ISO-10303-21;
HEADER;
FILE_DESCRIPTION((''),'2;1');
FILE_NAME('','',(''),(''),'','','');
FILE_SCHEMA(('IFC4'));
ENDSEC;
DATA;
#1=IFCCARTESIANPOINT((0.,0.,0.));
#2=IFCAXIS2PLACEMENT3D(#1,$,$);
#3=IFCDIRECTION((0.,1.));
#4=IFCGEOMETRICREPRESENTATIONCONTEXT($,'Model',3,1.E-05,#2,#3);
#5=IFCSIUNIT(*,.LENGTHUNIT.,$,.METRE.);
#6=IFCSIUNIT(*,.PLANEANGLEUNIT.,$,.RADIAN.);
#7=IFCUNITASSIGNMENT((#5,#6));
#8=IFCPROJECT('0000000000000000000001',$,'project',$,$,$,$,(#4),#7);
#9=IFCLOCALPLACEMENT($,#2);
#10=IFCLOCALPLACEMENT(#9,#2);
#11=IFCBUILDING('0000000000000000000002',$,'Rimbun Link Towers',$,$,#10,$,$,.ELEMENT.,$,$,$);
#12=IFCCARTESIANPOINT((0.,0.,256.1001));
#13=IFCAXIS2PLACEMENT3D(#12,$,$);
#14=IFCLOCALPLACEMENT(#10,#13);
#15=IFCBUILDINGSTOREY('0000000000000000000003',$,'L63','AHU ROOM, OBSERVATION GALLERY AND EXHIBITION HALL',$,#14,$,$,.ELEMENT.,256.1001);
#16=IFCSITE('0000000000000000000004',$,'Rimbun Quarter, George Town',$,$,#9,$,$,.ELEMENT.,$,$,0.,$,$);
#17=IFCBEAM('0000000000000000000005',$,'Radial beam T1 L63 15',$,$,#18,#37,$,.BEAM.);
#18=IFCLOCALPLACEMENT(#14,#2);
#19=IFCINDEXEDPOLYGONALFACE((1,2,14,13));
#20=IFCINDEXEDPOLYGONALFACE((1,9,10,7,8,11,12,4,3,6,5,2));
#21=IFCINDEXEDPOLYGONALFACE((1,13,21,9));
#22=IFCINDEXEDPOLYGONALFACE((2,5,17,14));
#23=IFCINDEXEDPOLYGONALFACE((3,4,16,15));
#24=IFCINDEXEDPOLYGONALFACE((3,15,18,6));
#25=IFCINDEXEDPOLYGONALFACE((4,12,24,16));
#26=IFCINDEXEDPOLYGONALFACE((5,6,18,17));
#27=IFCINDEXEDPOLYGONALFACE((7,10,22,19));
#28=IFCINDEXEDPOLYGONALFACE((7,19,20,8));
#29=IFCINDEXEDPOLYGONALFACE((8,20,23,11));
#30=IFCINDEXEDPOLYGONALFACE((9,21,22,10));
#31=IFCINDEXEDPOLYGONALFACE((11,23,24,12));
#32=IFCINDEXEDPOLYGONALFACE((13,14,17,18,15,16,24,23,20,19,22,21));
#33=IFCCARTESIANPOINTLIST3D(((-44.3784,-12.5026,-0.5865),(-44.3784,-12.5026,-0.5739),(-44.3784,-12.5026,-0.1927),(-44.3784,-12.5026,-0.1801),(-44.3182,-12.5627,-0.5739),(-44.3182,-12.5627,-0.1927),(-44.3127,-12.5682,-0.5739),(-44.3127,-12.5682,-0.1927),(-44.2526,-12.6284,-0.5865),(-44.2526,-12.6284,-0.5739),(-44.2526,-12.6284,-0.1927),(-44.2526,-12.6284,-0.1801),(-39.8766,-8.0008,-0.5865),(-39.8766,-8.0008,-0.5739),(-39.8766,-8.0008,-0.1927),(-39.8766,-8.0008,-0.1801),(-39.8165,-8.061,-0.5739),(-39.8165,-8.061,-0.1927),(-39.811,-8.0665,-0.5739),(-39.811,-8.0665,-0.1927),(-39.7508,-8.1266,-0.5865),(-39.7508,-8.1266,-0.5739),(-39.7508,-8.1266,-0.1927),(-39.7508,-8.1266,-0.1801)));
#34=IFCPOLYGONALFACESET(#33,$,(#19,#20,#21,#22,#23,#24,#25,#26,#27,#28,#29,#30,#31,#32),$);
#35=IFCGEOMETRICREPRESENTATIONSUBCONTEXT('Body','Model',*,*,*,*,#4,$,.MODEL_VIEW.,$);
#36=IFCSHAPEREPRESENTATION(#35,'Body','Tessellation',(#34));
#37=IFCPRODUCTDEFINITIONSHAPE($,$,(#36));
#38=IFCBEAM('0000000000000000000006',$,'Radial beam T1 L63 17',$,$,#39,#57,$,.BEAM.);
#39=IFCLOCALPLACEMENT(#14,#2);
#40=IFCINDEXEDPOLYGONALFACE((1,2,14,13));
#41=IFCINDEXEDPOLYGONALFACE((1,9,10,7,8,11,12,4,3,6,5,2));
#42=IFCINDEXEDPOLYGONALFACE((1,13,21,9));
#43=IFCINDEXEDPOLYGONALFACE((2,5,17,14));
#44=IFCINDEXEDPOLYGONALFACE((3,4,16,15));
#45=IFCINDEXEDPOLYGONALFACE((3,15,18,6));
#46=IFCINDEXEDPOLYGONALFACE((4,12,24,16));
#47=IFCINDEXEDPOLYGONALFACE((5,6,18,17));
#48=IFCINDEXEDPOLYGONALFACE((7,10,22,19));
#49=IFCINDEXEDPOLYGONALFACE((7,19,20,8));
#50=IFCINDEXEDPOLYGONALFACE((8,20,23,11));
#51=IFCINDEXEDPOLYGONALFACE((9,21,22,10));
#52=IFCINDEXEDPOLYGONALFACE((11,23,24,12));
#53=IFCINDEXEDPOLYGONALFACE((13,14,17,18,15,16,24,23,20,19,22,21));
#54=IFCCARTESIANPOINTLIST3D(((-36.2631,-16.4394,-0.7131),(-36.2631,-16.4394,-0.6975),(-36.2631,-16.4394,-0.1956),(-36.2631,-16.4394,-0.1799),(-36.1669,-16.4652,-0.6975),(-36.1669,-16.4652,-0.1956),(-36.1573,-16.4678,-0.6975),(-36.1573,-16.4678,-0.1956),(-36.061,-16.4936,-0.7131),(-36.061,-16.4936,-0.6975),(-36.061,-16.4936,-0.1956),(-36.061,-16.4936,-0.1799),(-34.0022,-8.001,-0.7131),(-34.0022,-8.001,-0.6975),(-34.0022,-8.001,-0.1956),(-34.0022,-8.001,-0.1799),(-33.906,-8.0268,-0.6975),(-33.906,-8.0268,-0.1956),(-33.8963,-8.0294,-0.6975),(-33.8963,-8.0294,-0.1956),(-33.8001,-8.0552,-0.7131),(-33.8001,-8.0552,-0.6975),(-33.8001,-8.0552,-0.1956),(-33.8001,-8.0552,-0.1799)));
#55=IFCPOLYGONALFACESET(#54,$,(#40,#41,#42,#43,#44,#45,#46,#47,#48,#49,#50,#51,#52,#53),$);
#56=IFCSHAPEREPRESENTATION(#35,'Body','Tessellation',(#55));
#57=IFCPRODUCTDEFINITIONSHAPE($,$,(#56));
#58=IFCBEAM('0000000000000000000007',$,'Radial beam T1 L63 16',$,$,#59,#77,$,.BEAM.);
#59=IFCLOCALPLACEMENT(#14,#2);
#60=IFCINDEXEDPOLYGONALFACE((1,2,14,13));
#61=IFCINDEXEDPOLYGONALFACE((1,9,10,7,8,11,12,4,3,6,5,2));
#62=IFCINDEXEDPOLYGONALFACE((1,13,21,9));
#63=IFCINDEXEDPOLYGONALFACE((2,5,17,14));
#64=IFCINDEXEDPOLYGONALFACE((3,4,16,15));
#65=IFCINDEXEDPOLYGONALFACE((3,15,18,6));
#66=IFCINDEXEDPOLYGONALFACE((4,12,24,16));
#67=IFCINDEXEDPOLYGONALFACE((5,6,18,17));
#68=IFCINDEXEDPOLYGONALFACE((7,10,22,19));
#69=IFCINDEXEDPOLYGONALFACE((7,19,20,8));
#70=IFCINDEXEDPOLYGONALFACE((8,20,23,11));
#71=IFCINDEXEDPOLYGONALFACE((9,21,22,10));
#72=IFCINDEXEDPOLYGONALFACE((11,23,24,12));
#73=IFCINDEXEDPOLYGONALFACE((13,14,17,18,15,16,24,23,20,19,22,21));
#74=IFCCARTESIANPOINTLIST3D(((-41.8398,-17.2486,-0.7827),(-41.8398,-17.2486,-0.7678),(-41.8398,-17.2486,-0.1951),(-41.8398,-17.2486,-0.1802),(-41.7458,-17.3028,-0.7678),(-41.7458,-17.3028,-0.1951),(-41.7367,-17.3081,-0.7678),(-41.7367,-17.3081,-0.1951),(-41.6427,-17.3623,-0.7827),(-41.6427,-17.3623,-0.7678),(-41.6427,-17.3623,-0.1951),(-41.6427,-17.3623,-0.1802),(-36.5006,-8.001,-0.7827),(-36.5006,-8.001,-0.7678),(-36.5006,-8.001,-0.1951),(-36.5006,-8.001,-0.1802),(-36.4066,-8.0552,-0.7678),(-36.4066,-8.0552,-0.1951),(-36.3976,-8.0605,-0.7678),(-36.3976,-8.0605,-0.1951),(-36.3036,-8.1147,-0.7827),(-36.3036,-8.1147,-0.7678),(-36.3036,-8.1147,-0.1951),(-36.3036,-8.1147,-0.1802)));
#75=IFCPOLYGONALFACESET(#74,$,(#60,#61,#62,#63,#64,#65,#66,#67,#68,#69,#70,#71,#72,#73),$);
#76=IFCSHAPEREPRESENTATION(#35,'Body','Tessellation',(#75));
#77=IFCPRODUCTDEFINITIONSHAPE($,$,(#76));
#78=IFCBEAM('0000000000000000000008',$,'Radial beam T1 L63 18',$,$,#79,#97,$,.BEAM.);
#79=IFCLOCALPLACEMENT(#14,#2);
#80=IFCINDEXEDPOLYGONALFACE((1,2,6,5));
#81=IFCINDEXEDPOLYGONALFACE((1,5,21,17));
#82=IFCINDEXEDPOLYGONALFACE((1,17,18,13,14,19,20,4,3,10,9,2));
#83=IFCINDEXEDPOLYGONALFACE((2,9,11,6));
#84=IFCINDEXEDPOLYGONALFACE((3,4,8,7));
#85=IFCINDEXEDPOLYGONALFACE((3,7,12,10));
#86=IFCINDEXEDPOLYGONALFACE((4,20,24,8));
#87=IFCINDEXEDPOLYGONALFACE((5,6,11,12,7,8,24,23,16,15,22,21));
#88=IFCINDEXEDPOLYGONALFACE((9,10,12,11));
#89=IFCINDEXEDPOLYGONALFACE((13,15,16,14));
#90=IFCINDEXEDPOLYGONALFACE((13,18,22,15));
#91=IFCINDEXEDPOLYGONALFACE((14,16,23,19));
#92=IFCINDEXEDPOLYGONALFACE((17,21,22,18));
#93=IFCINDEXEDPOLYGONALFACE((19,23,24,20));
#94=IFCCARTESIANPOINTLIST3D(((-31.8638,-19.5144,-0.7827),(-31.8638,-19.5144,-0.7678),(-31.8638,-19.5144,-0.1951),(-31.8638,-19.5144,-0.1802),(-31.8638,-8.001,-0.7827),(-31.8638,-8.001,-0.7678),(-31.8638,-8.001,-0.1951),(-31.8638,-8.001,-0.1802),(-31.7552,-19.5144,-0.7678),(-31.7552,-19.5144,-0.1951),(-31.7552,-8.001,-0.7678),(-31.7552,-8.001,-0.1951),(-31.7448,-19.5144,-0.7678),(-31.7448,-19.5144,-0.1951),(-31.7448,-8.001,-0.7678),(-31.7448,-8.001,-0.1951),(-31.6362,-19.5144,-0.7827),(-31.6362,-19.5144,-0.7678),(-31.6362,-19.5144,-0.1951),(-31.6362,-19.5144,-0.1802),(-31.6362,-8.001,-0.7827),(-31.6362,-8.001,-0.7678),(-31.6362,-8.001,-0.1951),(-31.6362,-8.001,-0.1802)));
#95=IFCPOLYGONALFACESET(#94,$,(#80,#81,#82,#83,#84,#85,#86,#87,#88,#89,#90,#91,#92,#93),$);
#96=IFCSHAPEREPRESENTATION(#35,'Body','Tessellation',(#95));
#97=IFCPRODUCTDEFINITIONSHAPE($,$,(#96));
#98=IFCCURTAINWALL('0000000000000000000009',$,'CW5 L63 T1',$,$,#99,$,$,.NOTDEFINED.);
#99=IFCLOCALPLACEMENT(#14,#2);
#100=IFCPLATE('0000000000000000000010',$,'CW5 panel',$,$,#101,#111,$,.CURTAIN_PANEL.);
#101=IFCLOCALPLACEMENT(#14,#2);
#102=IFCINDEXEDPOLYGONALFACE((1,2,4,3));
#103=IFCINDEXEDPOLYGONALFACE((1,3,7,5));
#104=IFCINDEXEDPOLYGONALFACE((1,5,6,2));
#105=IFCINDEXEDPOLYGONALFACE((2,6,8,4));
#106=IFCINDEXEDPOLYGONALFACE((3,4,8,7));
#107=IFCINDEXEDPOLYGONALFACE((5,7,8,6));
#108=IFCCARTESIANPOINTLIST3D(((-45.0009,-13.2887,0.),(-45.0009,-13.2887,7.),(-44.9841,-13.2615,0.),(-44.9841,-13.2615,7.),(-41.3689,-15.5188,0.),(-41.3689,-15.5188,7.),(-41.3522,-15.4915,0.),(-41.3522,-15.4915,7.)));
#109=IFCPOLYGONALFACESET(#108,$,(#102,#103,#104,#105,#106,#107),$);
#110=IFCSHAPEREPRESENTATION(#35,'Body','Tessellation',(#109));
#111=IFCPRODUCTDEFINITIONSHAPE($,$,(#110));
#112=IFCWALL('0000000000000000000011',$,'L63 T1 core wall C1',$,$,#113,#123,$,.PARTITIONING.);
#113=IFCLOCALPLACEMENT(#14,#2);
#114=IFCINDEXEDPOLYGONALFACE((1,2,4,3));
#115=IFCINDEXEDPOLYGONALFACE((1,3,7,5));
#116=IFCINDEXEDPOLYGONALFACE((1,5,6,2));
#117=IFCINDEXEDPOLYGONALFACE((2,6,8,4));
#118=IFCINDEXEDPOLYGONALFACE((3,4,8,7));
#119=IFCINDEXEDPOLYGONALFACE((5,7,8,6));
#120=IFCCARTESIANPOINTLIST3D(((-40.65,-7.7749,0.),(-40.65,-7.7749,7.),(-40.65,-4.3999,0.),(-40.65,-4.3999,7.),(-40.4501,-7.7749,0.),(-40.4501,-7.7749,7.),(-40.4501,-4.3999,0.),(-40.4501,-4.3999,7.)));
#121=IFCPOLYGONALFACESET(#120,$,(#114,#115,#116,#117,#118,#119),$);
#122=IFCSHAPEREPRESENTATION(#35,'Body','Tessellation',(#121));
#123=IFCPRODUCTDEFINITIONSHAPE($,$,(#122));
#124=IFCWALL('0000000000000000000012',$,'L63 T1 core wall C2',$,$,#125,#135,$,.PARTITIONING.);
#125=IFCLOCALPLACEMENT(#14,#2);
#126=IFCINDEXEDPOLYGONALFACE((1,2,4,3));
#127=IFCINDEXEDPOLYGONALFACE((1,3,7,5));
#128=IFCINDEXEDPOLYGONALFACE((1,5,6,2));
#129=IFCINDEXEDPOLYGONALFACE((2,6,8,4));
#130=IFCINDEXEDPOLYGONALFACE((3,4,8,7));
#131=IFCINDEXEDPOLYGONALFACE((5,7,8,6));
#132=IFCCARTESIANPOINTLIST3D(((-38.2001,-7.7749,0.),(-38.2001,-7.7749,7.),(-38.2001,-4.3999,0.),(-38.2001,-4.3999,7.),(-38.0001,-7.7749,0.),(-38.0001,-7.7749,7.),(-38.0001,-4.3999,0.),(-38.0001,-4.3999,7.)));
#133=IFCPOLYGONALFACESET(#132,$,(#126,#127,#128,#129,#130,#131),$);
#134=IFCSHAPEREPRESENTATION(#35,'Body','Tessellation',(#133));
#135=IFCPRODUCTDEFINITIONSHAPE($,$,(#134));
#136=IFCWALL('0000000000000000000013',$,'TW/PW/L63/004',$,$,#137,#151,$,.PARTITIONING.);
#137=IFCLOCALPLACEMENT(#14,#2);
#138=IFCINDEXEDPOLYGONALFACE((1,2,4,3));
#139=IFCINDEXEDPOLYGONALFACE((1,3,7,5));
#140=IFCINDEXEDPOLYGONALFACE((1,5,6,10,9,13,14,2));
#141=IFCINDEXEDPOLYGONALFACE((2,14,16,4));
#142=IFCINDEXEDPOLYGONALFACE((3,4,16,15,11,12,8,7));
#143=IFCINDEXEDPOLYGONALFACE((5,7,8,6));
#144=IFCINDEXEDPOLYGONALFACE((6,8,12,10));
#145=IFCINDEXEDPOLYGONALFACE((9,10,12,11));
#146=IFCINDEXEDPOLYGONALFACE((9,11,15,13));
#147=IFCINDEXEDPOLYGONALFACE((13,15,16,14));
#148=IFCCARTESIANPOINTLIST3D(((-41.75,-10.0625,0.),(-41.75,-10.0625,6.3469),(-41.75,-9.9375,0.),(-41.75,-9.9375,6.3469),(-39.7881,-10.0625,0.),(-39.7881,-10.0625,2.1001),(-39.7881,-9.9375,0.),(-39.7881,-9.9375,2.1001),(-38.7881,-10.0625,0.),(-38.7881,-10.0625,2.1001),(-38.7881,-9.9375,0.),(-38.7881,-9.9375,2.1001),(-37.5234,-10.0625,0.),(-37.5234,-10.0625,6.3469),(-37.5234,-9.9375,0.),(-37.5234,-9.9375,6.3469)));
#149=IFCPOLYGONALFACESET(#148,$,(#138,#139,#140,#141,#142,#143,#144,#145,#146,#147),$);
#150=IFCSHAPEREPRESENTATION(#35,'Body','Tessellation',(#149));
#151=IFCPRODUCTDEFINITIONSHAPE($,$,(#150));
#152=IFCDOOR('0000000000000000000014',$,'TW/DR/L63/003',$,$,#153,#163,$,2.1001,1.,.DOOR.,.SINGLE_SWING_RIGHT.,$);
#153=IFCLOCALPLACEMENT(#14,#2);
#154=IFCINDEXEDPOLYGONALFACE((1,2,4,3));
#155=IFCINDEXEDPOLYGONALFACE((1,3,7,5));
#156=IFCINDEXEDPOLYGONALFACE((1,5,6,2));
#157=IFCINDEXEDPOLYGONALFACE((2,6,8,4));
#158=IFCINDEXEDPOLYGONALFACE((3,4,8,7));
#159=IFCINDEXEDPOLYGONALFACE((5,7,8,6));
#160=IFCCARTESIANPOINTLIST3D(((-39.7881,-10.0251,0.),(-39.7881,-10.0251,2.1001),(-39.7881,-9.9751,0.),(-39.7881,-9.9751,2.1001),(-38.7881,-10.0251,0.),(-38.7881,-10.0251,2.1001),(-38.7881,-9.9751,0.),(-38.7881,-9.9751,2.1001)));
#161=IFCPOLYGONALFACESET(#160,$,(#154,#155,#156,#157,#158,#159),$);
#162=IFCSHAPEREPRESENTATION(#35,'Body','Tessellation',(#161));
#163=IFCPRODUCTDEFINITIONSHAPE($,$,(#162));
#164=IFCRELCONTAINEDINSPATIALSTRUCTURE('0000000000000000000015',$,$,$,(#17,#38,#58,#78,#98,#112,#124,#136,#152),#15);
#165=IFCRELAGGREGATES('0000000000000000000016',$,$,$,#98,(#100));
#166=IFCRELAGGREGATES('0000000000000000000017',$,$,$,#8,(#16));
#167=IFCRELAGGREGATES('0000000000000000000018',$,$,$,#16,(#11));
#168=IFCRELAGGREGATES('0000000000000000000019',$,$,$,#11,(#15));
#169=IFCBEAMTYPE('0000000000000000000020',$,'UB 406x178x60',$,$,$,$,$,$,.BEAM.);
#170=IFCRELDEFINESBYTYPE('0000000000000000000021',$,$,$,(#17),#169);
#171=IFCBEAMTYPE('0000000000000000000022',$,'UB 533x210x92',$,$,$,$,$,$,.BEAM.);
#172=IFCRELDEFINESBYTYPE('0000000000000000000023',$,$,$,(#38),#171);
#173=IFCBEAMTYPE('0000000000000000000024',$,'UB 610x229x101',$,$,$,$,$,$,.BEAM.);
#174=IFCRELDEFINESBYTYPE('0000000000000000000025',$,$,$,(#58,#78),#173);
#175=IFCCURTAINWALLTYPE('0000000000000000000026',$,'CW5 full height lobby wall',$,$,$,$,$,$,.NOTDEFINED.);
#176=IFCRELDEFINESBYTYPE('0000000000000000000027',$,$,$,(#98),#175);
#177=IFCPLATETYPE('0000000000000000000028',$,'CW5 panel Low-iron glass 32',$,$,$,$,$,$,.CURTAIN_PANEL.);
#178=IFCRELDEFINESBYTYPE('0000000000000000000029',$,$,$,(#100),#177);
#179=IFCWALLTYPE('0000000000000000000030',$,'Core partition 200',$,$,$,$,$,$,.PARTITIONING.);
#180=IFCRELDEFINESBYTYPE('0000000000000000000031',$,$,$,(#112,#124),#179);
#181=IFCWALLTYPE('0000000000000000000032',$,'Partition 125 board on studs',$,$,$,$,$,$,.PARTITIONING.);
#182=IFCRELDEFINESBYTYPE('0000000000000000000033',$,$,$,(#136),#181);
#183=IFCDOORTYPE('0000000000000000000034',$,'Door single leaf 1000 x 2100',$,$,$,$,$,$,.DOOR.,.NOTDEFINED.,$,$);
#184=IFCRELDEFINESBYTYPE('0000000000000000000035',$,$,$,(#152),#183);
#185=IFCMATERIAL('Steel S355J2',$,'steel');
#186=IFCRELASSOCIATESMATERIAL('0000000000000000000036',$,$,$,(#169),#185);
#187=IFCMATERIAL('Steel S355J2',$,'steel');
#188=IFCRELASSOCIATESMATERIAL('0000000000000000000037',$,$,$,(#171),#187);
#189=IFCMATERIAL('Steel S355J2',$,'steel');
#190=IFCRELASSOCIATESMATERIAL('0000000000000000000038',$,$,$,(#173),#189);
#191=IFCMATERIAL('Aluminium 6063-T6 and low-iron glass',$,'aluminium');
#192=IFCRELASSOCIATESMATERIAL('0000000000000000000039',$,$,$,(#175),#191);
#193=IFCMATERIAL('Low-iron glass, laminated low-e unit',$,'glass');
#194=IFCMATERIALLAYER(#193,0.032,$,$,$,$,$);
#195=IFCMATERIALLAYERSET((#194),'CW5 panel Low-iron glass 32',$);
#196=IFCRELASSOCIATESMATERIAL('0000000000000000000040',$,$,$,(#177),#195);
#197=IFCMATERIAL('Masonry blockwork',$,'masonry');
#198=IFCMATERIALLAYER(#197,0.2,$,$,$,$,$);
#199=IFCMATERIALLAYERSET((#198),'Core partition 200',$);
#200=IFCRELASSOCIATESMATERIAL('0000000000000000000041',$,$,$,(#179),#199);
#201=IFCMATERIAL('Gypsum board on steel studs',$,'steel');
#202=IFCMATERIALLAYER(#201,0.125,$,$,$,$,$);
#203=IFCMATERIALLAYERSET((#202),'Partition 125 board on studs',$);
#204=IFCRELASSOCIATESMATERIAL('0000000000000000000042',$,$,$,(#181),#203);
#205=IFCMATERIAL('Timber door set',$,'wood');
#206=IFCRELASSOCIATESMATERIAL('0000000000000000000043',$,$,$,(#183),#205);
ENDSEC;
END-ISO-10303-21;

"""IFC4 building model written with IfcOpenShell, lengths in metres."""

from ifc_helpers import new_model, si_unit, direction, frame, frame_2d, origin, origin_2d, place, context, subcontext, project, spatial, rectangle, i_section, extrude, material, layer, layer_set, material_profile, profile_set, type_object, element, fill, aggregate, save


model = new_model("IFC4")

# Units and contexts
model_context = context("Model", 3, precision=1e-05, world=origin(), true_north=direction((0.0, 1.0)))
body_context = subcontext(model_context, "Body", "Model", "MODEL_VIEW")
ifc_project = project(units=[si_unit("LENGTHUNIT", "METRE"), si_unit("PLANEANGLEUNIT", "RADIAN")], contexts=[model_context])

# Site, building, storey
site_placement = place(None, origin())
site = spatial("IfcSite", under=ifc_project, at=site_placement, Name="Rimbun Quarter, George Town", CompositionType="ELEMENT", RefElevation=0.0)
building_placement = place(site_placement, origin())
building = spatial("IfcBuilding", under=site, at=building_placement, Name="Rimbun Link Towers", CompositionType="ELEMENT")
storey_placement = place(building_placement, frame((0.0, 0.0, 256.1001)))
storey = spatial("IfcBuildingStorey", under=building, at=storey_placement, Name="L63", Description="AHU ROOM, OBSERVATION GALLERY AND EXHIBITION HALL", CompositionType="ELEMENT", Elevation=256.1001)

# Beams
ifc_material_1 = material(Name="Steel S355J2", Category="steel")
ifc_material_profile_1 = material_profile(ifc_material_1, i_section(OverallWidth=0.178, OverallDepth=0.4065, WebThickness=0.0078, FlangeThickness=0.0127, at=origin_2d()), Name="UB 406x178x60")
ifc_profile_set_1 = profile_set([ifc_material_profile_1], Name="Steel S355J2")
beam_type_1 = type_object("IfcBeamType", Name="UB 406x178x60", PredefinedType="BEAM", material=ifc_profile_set_1)
beam_1_placement = place(storey_placement, frame((-39.8137, -8.0637, -0.3833), z_axis=(-0.707107, -0.707107, 0.0), x_axis=(0.707107, -0.707107, 0.0)))
element("IfcBeam", 1, at=beam_1_placement, inside=storey, type_object=beam_type_1, Name="Radial beam T1 L63 15", PredefinedType="BEAM", context=body_context, shape_type="SweptSolid", body=[
    extrude(i_section(OverallWidth=0.178, OverallDepth=0.4065, WebThickness=0.0078, FlangeThickness=0.0127, at=origin_2d()), origin(), (0.0, 0.0, 1.0), 6.3665),
])
ifc_material_2 = material(Name="Steel S355J2", Category="steel")
ifc_material_profile_2 = material_profile(ifc_material_2, i_section(OverallWidth=0.2092, OverallDepth=0.5332, WebThickness=0.01, FlangeThickness=0.0156, at=origin_2d()), Name="UB 533x210x92")
ifc_profile_set_2 = profile_set([ifc_material_profile_2], Name="Steel S355J2")
beam_type_2 = type_object("IfcBeamType", Name="UB 533x210x92", PredefinedType="BEAM", material=ifc_profile_set_2)
beam_2_placement = place(storey_placement, frame((-33.9011, -8.0281, -0.4465), z_axis=(-0.258809, -0.965929, 0.0), x_axis=(0.965929, -0.258809, 0.0)))
element("IfcBeam", 2, at=beam_2_placement, inside=storey, type_object=beam_type_2, Name="Radial beam T1 L63 17", PredefinedType="BEAM", context=body_context, shape_type="SweptSolid", body=[
    extrude(i_section(OverallWidth=0.2092, OverallDepth=0.5332, WebThickness=0.01, FlangeThickness=0.0156, at=origin_2d()), origin(), (0.0, 0.0, 1.0), 8.7361),
])
ifc_material_3 = material(Name="Steel S355J2", Category="steel")
ifc_material_profile_3 = material_profile(ifc_material_3, i_section(OverallWidth=0.2275, OverallDepth=0.6025, WebThickness=0.0105, FlangeThickness=0.0149, at=origin_2d()), Name="UB 610x229x101")
ifc_profile_set_3 = profile_set([ifc_material_profile_3], Name="Steel S355J2")
beam_type_3 = type_object("IfcBeamType", Name="UB 610x229x101", PredefinedType="BEAM", material=ifc_profile_set_3)
beam_3_placement = place(storey_placement, frame((-36.4021, -8.0579, -0.4814), z_axis=(-0.500002, -0.866024, 0.0), x_axis=(0.866024, -0.500002, 0.0)))
element("IfcBeam", 3, at=beam_3_placement, inside=storey, type_object=beam_type_3, Name="Radial beam T1 L63 16", PredefinedType="BEAM", context=body_context, shape_type="SweptSolid", body=[
    extrude(i_section(OverallWidth=0.2275, OverallDepth=0.6025, WebThickness=0.0105, FlangeThickness=0.0149, at=origin_2d()), origin(), (0.0, 0.0, 1.0), 10.6782),
])
beam_4_placement = place(storey_placement, frame((-31.75, -8.001, -0.4814), z_axis=(0.0, -1.0, 0.0), x_axis=(1.0, 0.0, 0.0)))
element("IfcBeam", 4, at=beam_4_placement, inside=storey, type_object=beam_type_3, Name="Radial beam T1 L63 18", PredefinedType="BEAM", context=body_context, shape_type="SweptSolid", body=[
    extrude(i_section(OverallWidth=0.2275, OverallDepth=0.6025, WebThickness=0.0105, FlangeThickness=0.0149, at=origin_2d()), origin(), (0.0, 0.0, 1.0), 11.5134),
])

# Curtain wall, plate
ifc_material_4 = material(Name="Aluminium 6063-T6 and low-iron glass", Category="aluminium")
curtain_wall_type = type_object("IfcCurtainWallType", Name="CW5 full height lobby wall", PredefinedType="NOTDEFINED", material=ifc_material_4)
curtain_wall_placement = place(storey_placement, origin())
curtain_wall = element("IfcCurtainWall", 5, at=curtain_wall_placement, inside=storey, type_object=curtain_wall_type, Name="CW5 L63 T1", PredefinedType="NOTDEFINED")
ifc_material_5 = material(Name="Low-iron glass, laminated low-e unit", Category="glass")
ifc_layer_1 = layer(ifc_material_5, 0.032)
ifc_layer_set_1 = layer_set([ifc_layer_1], Name="CW5 panel Low-iron glass 32")
plate_type = type_object("IfcPlateType", Name="CW5 panel Low-iron glass 32", PredefinedType="CURTAIN_PANEL", material=ifc_layer_set_1)
plate_placement = place(storey_placement, frame((-43.1765, -14.3901, 0.0), z_axis=(0.0, 0.0, 1.0), x_axis=(-0.852182, 0.523246, 0.0)))
plate = element("IfcPlate", 6, at=plate_placement, type_object=plate_type, Name="CW5 panel", PredefinedType="CURTAIN_PANEL", context=body_context, shape_type="SweptSolid", body=[
    extrude(rectangle(XDim=4.262, YDim=0.032, at=origin_2d()), origin(), (0.0, 0.0, 1.0), 7.0),
])
aggregate(curtain_wall, [plate])

# Walls
ifc_material_6 = material(Name="Masonry blockwork", Category="masonry")
ifc_layer_2 = layer(ifc_material_6, 0.2)
ifc_layer_set_2 = layer_set([ifc_layer_2], Name="Core partition 200")
wall_type_1 = type_object("IfcWallType", Name="Core partition 200", PredefinedType="PARTITIONING", material=ifc_layer_set_2)
for number, where, z_axis, x_axis, name in (
    (7, (-40.55, -4.3999, 0.0), (0.0, 0.0, 1.0), (0.0, -1.0, 0.0), "L63 T1 core wall C1"),
    (8, (-38.1001, -4.3999, 0.0), (0.0, 0.0, 1.0), (0.0, -1.0, 0.0), "L63 T1 core wall C2"),
):
    element("IfcWall", number, at=place(storey_placement, frame(where, z_axis=z_axis, x_axis=x_axis)), inside=storey, type_object=wall_type_1, Name=name, PredefinedType="PARTITIONING", context=body_context, shape_type="SweptSolid", body=[
        extrude(rectangle(XDim=3.375, YDim=0.2, at=frame_2d((1.6875, 0.0))), origin(), (0.0, 0.0, 1.0), 7.0),
    ])

# Wall, opening, door
ifc_material_7 = material(Name="Gypsum board on steel studs", Category="steel")
ifc_layer_3 = layer(ifc_material_7, 0.125)
ifc_layer_set_3 = layer_set([ifc_layer_3], Name="Partition 125 board on studs")
wall_type_2 = type_object("IfcWallType", Name="Partition 125 board on studs", PredefinedType="PARTITIONING", material=ifc_layer_set_3)
wall_1_placement = place(storey_placement, frame((-41.75, -10.0, 0.0), z_axis=(0.0, 0.0, 1.0), x_axis=(1.0, 0.0, 0.0)))
wall_1 = element("IfcWall", 9, at=wall_1_placement, inside=storey, type_object=wall_type_2, Name="TW/PW/L63/004", PredefinedType="PARTITIONING", context=body_context, shape_type="SweptSolid", body=[
    extrude(rectangle(XDim=4.2266, YDim=0.125, at=frame_2d((2.1133, 0.0))), origin(), (0.0, 0.0, 1.0), 6.3469),
])
opening_1_placement = place(wall_1_placement, frame((1.9619, 0.0, 0.0)))
opening_1 = element("IfcOpeningElement", 10, at=opening_1_placement, cuts=wall_1, PredefinedType="OPENING", context=body_context, shape_type="SweptSolid", body=[
    extrude(rectangle(XDim=1.0, YDim=2.1001, at=frame_2d((0.5, 1.05))), frame((0.0, 0.0725, 0.0), z_axis=(0.0, -1.0, 0.0), x_axis=(1.0, 0.0, 0.0)), (0.0, 0.0, 1.0), 0.145),
])
ifc_material_8 = material(Name="Timber door set", Category="wood")
door_type = type_object("IfcDoorType", Name="Door single leaf 1000 x 2100", OperationType="NOTDEFINED", PredefinedType="DOOR", material=ifc_material_8)
door_1_placement = place(opening_1_placement, origin())
door_1 = element("IfcDoor", 11, at=door_1_placement, inside=storey, type_object=door_type, Name="TW/DR/L63/003", OperationType="SINGLE_SWING_RIGHT", OverallHeight=2.1001, OverallWidth=1.0, PredefinedType="DOOR", context=body_context, shape_type="SweptSolid", body=[
    extrude(rectangle(XDim=1.0, YDim=2.1001, at=frame_2d((0.5, 1.05))), frame((0.0, 0.0249, 0.0), z_axis=(0.0, -1.0, 0.0), x_axis=(1.0, 0.0, 0.0)), (0.0, 0.0, 1.0), 0.05),
])
fill(opening_1, door_1)

save(model, "model.ifc")
